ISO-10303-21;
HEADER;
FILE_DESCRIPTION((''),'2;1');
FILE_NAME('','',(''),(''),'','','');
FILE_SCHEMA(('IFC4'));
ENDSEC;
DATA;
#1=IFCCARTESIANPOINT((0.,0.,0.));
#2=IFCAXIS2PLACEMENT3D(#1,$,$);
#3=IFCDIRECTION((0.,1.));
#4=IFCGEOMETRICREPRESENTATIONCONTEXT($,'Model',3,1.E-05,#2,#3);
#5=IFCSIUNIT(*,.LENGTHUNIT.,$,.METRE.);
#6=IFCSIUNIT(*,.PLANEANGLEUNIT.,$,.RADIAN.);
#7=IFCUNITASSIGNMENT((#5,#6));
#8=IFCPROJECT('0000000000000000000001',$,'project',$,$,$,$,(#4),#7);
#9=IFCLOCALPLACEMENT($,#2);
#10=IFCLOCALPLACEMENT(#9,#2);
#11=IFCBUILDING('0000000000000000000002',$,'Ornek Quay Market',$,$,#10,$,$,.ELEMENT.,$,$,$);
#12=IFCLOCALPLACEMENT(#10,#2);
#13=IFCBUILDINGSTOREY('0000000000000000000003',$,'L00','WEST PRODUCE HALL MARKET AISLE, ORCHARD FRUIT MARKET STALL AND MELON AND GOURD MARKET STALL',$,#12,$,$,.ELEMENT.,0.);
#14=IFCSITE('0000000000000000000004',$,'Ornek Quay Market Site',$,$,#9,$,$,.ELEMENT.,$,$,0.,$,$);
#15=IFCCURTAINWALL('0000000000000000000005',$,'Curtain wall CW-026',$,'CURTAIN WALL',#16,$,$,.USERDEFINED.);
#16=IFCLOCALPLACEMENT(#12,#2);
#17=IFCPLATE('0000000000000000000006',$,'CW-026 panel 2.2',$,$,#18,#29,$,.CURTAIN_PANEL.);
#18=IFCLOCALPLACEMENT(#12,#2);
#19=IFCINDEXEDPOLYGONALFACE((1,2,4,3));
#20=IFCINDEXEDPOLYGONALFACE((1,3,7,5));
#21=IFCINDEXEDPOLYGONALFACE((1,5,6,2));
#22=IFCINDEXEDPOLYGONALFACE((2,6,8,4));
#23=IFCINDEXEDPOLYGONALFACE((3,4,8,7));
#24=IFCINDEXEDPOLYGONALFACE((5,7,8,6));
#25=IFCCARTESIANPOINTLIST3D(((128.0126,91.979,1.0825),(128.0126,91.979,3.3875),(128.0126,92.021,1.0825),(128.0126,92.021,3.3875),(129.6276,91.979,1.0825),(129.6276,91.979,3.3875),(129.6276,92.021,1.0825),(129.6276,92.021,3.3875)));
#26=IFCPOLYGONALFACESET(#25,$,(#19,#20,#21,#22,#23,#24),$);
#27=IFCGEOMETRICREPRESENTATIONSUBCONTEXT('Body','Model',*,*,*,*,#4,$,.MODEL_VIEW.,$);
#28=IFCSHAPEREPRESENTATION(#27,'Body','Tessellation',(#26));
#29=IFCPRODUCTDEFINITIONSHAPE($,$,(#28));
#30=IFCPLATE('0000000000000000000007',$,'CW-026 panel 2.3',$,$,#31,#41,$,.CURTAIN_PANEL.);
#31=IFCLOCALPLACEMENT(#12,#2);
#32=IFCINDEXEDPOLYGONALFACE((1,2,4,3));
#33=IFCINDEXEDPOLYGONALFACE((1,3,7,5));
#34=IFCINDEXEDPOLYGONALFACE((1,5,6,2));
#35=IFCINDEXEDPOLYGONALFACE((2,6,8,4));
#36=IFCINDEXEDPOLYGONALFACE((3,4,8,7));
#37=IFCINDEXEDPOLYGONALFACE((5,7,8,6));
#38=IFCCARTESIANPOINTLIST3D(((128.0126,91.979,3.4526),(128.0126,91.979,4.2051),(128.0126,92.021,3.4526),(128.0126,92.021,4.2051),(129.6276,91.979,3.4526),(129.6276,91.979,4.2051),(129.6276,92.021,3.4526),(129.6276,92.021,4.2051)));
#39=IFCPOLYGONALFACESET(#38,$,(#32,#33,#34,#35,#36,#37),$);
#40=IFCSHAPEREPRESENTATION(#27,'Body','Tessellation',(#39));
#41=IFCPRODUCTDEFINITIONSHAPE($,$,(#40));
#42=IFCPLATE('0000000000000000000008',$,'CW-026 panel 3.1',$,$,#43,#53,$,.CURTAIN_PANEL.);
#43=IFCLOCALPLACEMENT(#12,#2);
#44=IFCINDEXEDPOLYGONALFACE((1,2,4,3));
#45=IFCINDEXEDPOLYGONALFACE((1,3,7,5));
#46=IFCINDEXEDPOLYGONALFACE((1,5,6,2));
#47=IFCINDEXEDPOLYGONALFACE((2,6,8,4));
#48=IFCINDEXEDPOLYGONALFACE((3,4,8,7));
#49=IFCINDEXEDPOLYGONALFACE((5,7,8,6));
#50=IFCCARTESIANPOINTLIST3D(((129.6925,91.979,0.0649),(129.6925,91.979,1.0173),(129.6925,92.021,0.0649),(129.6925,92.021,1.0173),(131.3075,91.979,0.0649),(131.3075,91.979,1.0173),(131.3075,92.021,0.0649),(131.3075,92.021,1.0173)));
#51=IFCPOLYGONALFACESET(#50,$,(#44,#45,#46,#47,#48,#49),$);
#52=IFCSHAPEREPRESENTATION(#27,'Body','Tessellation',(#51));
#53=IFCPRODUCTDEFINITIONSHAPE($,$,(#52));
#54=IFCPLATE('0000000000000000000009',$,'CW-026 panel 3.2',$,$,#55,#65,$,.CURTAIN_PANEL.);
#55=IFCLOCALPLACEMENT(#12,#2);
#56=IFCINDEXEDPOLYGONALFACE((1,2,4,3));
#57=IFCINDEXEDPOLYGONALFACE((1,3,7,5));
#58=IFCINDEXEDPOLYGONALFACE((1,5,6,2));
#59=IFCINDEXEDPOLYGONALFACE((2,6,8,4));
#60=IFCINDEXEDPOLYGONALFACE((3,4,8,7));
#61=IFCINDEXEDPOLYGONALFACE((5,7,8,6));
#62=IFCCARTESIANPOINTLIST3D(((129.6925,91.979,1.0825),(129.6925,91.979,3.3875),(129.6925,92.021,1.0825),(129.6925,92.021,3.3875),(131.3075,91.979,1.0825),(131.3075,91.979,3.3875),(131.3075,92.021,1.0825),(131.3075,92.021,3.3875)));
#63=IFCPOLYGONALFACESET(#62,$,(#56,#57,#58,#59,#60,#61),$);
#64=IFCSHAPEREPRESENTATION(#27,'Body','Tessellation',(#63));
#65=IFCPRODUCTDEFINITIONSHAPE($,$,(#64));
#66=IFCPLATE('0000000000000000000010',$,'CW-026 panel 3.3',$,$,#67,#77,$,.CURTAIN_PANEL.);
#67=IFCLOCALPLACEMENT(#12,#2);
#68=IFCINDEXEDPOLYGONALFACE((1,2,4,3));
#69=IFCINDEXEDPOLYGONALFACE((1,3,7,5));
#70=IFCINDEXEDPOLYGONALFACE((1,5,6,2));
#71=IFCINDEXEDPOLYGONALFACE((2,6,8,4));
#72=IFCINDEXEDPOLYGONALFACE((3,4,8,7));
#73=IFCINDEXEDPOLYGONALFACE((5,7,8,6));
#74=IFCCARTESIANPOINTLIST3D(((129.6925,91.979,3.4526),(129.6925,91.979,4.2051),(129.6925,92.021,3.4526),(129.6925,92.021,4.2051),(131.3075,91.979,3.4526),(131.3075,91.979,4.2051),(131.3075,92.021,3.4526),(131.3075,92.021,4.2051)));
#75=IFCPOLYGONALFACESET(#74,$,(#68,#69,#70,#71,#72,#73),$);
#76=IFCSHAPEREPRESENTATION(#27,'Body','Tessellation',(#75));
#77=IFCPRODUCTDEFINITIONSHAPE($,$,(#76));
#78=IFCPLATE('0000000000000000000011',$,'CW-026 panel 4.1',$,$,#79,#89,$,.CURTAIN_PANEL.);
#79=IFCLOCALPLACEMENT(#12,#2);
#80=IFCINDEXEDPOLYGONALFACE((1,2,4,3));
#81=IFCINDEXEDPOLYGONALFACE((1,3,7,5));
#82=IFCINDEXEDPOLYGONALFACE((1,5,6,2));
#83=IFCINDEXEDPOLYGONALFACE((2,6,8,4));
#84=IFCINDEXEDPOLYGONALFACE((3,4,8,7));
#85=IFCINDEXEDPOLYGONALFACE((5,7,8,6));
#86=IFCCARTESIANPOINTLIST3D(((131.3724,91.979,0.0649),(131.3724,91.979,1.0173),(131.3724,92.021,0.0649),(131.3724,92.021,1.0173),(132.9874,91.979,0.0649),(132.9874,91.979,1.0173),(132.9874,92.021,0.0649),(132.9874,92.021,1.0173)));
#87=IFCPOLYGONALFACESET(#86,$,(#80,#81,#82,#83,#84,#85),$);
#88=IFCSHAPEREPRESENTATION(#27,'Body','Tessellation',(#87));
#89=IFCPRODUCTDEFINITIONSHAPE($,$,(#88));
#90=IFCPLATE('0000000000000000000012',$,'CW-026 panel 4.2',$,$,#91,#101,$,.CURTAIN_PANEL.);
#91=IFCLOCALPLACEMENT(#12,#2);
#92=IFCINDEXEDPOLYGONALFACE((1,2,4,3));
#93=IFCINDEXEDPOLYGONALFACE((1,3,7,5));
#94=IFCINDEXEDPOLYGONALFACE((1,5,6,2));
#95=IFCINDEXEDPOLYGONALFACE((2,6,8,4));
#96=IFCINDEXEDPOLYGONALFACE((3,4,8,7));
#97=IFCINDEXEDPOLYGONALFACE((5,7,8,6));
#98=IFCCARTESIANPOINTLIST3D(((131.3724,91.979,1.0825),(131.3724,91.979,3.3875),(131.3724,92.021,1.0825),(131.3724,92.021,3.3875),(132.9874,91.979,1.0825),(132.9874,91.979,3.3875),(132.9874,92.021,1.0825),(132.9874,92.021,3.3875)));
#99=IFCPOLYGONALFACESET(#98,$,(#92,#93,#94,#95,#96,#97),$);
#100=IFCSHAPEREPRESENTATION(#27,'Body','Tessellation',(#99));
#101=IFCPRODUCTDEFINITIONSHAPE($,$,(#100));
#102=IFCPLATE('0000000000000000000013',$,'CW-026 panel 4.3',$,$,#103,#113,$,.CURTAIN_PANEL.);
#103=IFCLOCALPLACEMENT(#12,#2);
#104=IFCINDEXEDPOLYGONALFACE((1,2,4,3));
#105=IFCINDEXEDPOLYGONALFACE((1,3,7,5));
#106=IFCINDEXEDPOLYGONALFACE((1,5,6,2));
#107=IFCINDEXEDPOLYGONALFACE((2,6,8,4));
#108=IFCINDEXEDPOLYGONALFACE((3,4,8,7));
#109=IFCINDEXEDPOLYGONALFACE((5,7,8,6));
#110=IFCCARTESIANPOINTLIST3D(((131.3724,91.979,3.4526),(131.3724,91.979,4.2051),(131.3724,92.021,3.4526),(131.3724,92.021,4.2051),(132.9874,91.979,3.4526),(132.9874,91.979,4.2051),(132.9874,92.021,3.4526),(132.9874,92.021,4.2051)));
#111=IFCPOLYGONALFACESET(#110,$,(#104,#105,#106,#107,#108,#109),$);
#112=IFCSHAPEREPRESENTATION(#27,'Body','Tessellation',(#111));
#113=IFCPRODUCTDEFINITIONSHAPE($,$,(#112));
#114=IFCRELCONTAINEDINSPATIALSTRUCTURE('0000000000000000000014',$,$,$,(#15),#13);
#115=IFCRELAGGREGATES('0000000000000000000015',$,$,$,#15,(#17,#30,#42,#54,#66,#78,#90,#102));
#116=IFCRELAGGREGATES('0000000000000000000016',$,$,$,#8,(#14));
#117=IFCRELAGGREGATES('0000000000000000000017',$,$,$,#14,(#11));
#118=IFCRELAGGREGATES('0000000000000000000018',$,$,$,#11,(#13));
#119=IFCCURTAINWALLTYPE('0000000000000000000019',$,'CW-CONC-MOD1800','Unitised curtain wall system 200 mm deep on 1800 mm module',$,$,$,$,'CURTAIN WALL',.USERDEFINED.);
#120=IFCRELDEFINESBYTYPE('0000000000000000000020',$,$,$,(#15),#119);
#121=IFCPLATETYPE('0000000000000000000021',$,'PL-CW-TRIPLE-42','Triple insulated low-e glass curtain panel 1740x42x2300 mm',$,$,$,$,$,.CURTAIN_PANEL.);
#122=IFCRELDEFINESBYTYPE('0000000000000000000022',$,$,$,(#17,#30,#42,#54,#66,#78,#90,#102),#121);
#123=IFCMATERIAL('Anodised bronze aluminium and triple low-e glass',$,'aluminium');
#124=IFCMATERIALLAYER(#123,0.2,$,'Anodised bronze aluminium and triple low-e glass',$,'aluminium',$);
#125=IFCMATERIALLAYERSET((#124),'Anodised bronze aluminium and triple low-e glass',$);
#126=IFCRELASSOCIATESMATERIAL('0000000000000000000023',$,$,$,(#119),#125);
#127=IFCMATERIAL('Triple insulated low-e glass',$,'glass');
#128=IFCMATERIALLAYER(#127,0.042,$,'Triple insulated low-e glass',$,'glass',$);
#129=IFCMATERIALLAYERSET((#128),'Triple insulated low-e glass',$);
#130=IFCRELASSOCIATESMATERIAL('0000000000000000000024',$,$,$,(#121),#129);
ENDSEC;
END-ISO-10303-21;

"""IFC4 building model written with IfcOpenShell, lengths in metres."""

from ifc_helpers import new_model, si_unit, direction, frame, origin, origin_2d, place, context, subcontext, project, spatial, rectangle, extrude, material, layer, layer_set, type_object, element, aggregate, save


model = new_model("IFC4")

# Units and contexts
model_context = context("Model", 3, precision=1e-05, world=origin(), true_north=direction((0.0, 1.0)))
body_context = subcontext(model_context, "Body", "Model", "MODEL_VIEW")
ifc_project = project(units=[si_unit("LENGTHUNIT", "METRE"), si_unit("PLANEANGLEUNIT", "RADIAN")], contexts=[model_context])

# Site, building, storey
site_placement = place(None, origin())
site = spatial("IfcSite", under=ifc_project, at=site_placement, Name="Ornek Quay Market Site", CompositionType="ELEMENT", RefElevation=0.0)
building_placement = place(site_placement, origin())
building = spatial("IfcBuilding", under=site, at=building_placement, Name="Ornek Quay Market", CompositionType="ELEMENT")
storey_placement = place(building_placement, origin())
storey = spatial("IfcBuildingStorey", under=building, at=storey_placement, Name="L00", Description="WEST PRODUCE HALL MARKET AISLE, ORCHARD FRUIT MARKET STALL AND MELON AND GOURD MARKET STALL", CompositionType="ELEMENT", Elevation=0.0)

# Curtain wall, plates
ifc_material_1 = material(Name="Anodised bronze aluminium and triple low-e glass", Category="aluminium")
ifc_layer_1 = layer(ifc_material_1, 0.2, Name="Anodised bronze aluminium and triple low-e glass", Category="aluminium")
ifc_layer_set_1 = layer_set([ifc_layer_1], Name="Anodised bronze aluminium and triple low-e glass")
curtain_wall_type = type_object("IfcCurtainWallType", Name="CW-CONC-MOD1800", Description="Unitised curtain wall system 200 mm deep on 1800 mm module", ElementType="CURTAIN WALL", PredefinedType="USERDEFINED", material=ifc_layer_set_1)
curtain_wall_placement = place(storey_placement, origin())
curtain_wall = element("IfcCurtainWall", 1, at=curtain_wall_placement, inside=storey, type_object=curtain_wall_type, Name="Curtain wall CW-026", ObjectType="CURTAIN WALL", PredefinedType="USERDEFINED")
ifc_material_2 = material(Name="Triple insulated low-e glass", Category="glass")
ifc_layer_2 = layer(ifc_material_2, 0.042, Name="Triple insulated low-e glass", Category="glass")
ifc_layer_set_2 = layer_set([ifc_layer_2], Name="Triple insulated low-e glass")
plate_type = type_object("IfcPlateType", Name="PL-CW-TRIPLE-42", Description="Triple insulated low-e glass curtain panel 1740x42x2300 mm", PredefinedType="CURTAIN_PANEL", material=ifc_layer_set_2)
plate_1_placement = place(storey_placement, frame((128.8201, 92.0, 1.0825), z_axis=(0.0, 0.0, 1.0), x_axis=(1.0, 0.0, 0.0)))
plate_1 = element("IfcPlate", 2, at=plate_1_placement, type_object=plate_type, Name="CW-026 panel 2.2", PredefinedType="CURTAIN_PANEL", context=body_context, shape_type="SweptSolid", body=[
    extrude(rectangle(XDim=1.615, YDim=0.042, at=origin_2d()), origin(), (0.0, 0.0, 1.0), 2.3049),
])
plate_2_placement = place(storey_placement, frame((128.8201, 92.0, 3.4526), z_axis=(0.0, 0.0, 1.0), x_axis=(1.0, 0.0, 0.0)))
plate_2 = element("IfcPlate", 3, at=plate_2_placement, type_object=plate_type, Name="CW-026 panel 2.3", PredefinedType="CURTAIN_PANEL", context=body_context, shape_type="SweptSolid", body=[
    extrude(rectangle(XDim=1.615, YDim=0.042, at=origin_2d()), origin(), (0.0, 0.0, 1.0), 0.7524),
])
plate_3_placement = place(storey_placement, frame((130.5, 92.0, 0.0649), z_axis=(0.0, 0.0, 1.0), x_axis=(1.0, 0.0, 0.0)))
plate_3 = element("IfcPlate", 4, at=plate_3_placement, type_object=plate_type, Name="CW-026 panel 3.1", PredefinedType="CURTAIN_PANEL", context=body_context, shape_type="SweptSolid", body=[
    extrude(rectangle(XDim=1.615, YDim=0.042, at=origin_2d()), origin(), (0.0, 0.0, 1.0), 0.9524),
])
plate_4_placement = place(storey_placement, frame((130.5, 92.0, 1.0825), z_axis=(0.0, 0.0, 1.0), x_axis=(1.0, 0.0, 0.0)))
plate_4 = element("IfcPlate", 5, at=plate_4_placement, type_object=plate_type, Name="CW-026 panel 3.2", PredefinedType="CURTAIN_PANEL", context=body_context, shape_type="SweptSolid", body=[
    extrude(rectangle(XDim=1.615, YDim=0.042, at=origin_2d()), origin(), (0.0, 0.0, 1.0), 2.3049),
])
plate_5_placement = place(storey_placement, frame((130.5, 92.0, 3.4526), z_axis=(0.0, 0.0, 1.0), x_axis=(1.0, 0.0, 0.0)))
plate_5 = element("IfcPlate", 6, at=plate_5_placement, type_object=plate_type, Name="CW-026 panel 3.3", PredefinedType="CURTAIN_PANEL", context=body_context, shape_type="SweptSolid", body=[
    extrude(rectangle(XDim=1.615, YDim=0.042, at=origin_2d()), origin(), (0.0, 0.0, 1.0), 0.7524),
])
plate_6_placement = place(storey_placement, frame((132.1799, 92.0, 0.0649), z_axis=(0.0, 0.0, 1.0), x_axis=(1.0, 0.0, 0.0)))
plate_6 = element("IfcPlate", 7, at=plate_6_placement, type_object=plate_type, Name="CW-026 panel 4.1", PredefinedType="CURTAIN_PANEL", context=body_context, shape_type="SweptSolid", body=[
    extrude(rectangle(XDim=1.615, YDim=0.042, at=origin_2d()), origin(), (0.0, 0.0, 1.0), 0.9524),
])
plate_7_placement = place(storey_placement, frame((132.1799, 92.0, 1.0825), z_axis=(0.0, 0.0, 1.0), x_axis=(1.0, 0.0, 0.0)))
plate_7 = element("IfcPlate", 8, at=plate_7_placement, type_object=plate_type, Name="CW-026 panel 4.2", PredefinedType="CURTAIN_PANEL", context=body_context, shape_type="SweptSolid", body=[
    extrude(rectangle(XDim=1.615, YDim=0.042, at=origin_2d()), origin(), (0.0, 0.0, 1.0), 2.3049),
])
plate_8_placement = place(storey_placement, frame((132.1799, 92.0, 3.4526), z_axis=(0.0, 0.0, 1.0), x_axis=(1.0, 0.0, 0.0)))
plate_8 = element("IfcPlate", 9, at=plate_8_placement, type_object=plate_type, Name="CW-026 panel 4.3", PredefinedType="CURTAIN_PANEL", context=body_context, shape_type="SweptSolid", body=[
    extrude(rectangle(XDim=1.615, YDim=0.042, at=origin_2d()), origin(), (0.0, 0.0, 1.0), 0.7524),
])
aggregate(curtain_wall, [plate_1, plate_2, plate_3, plate_4, plate_5, plate_6, plate_7, plate_8])

save(model, "model.ifc")
